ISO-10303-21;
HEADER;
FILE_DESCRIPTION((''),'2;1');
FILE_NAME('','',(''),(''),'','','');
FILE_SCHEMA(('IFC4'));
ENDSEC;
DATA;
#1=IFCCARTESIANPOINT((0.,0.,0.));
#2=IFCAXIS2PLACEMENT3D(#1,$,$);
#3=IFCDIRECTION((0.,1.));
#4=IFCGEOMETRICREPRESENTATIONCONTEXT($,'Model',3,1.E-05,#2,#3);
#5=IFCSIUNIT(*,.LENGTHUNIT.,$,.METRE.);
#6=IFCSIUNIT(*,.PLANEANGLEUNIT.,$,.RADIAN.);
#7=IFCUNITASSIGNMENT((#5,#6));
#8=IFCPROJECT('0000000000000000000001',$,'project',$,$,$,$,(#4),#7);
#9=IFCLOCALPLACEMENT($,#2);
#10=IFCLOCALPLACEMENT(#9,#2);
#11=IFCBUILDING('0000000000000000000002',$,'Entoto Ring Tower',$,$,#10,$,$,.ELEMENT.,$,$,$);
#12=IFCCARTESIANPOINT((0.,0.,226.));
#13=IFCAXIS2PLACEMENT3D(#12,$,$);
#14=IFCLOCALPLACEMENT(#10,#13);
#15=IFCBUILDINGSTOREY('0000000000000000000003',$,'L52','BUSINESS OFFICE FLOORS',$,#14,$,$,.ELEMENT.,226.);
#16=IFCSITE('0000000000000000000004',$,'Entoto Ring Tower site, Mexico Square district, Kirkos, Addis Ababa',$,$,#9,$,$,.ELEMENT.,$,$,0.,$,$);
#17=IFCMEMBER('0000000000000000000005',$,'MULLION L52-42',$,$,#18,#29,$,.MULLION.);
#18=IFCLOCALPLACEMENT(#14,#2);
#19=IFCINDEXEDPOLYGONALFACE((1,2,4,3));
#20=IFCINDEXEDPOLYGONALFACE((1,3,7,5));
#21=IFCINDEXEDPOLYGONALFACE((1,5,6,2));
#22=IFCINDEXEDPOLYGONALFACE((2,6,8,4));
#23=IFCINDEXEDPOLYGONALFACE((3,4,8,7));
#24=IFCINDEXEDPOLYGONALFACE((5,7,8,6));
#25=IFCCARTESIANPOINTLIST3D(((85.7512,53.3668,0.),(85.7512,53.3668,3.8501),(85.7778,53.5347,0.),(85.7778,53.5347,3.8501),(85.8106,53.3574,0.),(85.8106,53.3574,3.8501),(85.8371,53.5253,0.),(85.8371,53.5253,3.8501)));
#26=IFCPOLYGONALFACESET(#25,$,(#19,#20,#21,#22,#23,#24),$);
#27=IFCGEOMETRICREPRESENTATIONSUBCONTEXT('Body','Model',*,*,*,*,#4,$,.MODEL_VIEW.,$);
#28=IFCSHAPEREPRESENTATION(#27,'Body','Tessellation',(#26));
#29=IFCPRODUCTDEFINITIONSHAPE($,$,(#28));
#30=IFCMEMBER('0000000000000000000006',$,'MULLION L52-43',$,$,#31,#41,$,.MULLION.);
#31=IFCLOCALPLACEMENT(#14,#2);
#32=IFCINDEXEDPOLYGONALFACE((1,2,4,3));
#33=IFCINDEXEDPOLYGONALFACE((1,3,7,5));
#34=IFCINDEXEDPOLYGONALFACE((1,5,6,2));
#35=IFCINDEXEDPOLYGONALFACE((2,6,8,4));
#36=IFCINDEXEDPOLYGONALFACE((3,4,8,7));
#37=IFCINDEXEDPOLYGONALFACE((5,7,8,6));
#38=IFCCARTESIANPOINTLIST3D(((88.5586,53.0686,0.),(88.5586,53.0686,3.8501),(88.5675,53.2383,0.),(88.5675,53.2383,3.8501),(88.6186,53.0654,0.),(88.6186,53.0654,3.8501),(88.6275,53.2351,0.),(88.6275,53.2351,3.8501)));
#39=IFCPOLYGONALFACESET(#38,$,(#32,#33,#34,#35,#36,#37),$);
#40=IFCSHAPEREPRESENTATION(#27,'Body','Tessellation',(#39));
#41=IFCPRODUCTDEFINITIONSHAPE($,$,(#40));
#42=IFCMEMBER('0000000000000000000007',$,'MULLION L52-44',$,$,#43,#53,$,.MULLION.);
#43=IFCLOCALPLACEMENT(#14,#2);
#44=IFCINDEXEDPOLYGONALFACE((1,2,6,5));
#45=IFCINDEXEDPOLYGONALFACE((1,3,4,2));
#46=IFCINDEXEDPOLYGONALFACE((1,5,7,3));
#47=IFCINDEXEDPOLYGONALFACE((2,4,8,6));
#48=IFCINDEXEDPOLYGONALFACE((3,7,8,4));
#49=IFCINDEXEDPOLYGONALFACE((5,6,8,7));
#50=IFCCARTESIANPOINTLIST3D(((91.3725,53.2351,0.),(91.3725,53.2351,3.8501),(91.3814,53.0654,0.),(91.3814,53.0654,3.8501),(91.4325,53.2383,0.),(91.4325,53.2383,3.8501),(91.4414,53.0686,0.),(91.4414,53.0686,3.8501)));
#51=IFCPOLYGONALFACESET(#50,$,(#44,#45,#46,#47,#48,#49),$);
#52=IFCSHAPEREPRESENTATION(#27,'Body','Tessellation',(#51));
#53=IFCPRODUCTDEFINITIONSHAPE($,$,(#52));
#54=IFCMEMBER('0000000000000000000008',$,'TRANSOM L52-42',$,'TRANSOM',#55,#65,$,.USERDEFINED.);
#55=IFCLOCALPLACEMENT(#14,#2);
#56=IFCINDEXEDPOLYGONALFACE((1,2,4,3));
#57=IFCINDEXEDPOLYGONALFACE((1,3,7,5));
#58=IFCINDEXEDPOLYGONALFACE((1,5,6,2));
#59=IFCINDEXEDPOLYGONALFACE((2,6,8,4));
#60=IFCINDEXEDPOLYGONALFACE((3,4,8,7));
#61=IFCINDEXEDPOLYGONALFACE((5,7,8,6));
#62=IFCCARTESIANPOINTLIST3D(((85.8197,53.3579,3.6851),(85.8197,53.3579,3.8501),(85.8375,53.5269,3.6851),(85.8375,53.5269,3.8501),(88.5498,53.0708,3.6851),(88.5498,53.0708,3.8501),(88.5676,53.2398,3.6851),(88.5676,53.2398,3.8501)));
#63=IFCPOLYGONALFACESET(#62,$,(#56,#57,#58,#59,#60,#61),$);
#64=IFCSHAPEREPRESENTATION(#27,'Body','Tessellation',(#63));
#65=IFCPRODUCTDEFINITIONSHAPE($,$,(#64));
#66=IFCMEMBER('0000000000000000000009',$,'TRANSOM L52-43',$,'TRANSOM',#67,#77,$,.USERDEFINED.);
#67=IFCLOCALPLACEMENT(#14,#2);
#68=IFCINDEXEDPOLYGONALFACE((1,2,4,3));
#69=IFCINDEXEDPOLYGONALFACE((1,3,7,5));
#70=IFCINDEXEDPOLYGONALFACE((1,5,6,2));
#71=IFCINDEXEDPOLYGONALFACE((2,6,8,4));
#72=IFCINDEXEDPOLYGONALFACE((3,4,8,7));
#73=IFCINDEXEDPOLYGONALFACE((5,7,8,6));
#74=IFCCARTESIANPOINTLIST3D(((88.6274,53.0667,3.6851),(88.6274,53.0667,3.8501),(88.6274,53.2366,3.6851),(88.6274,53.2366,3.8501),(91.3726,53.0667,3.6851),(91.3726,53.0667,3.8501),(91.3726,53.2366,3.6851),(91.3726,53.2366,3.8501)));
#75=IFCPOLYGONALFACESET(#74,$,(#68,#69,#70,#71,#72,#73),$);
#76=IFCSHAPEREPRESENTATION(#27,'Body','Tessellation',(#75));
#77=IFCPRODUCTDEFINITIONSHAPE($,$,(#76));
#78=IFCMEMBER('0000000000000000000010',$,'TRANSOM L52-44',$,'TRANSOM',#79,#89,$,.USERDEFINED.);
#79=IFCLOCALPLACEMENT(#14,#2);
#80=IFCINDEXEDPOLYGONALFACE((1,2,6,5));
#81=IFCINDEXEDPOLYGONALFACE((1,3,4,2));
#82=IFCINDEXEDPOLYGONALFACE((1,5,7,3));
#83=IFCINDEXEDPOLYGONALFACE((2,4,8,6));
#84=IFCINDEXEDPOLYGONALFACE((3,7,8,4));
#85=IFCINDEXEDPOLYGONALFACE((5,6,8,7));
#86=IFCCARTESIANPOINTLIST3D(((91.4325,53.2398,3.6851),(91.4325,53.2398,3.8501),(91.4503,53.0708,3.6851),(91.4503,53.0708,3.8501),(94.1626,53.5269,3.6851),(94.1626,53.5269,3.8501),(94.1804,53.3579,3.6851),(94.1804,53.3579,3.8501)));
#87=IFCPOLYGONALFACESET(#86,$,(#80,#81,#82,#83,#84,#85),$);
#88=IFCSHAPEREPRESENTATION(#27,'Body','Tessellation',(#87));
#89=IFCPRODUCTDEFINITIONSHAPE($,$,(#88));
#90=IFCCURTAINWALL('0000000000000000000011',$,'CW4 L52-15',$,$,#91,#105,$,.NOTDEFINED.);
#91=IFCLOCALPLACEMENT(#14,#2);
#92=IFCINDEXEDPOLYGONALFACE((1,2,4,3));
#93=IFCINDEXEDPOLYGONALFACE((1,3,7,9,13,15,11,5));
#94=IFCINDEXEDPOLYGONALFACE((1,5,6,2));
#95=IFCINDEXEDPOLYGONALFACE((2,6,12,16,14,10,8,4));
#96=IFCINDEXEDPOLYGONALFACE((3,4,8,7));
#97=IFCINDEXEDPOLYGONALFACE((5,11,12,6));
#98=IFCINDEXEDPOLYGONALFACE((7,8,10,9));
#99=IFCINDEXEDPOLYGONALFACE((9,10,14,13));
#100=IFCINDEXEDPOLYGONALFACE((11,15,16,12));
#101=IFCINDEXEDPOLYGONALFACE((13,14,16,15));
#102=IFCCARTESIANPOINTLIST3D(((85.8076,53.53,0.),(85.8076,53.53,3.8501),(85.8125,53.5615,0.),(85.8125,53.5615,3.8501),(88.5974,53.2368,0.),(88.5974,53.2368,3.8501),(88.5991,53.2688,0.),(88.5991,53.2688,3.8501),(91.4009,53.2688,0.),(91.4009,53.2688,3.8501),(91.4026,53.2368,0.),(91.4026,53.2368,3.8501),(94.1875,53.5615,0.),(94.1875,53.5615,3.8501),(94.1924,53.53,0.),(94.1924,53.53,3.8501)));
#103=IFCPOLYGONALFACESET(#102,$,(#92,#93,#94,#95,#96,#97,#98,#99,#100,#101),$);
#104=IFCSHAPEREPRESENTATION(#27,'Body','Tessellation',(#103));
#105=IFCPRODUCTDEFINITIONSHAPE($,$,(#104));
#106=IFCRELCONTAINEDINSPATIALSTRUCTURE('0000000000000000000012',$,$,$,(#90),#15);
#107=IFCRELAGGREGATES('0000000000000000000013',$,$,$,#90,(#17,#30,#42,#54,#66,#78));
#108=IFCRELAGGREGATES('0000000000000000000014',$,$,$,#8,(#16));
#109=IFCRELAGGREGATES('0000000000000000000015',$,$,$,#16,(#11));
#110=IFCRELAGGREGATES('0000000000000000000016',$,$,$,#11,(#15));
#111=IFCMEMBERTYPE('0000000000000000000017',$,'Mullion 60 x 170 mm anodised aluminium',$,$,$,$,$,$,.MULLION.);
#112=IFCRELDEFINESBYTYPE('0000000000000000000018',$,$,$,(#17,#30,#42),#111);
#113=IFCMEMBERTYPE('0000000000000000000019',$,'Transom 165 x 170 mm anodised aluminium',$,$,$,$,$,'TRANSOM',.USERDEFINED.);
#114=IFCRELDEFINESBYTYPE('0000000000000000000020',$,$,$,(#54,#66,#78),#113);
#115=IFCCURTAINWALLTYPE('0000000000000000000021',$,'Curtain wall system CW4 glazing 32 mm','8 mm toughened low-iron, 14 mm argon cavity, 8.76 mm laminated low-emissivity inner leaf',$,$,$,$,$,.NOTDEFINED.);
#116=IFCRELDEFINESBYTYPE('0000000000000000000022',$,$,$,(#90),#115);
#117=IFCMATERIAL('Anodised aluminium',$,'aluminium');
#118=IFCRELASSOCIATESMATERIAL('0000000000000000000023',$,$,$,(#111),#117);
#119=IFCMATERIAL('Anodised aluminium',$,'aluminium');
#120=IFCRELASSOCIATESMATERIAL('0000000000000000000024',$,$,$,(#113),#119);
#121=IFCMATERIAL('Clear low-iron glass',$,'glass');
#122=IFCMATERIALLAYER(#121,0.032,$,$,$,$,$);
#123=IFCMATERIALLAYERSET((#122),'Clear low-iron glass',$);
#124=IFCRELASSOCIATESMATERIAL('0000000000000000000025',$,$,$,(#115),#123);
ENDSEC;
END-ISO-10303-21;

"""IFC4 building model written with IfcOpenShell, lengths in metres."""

from ifc_helpers import new_model, si_unit, direction, frame, origin, origin_2d, place, context, subcontext, project, spatial, polyline, rectangle, outline, extrude, material, layer, layer_set, material_profile, profile_set, type_object, element, aggregate, save


model = new_model("IFC4")

# Units and contexts
model_context = context("Model", 3, precision=1e-05, world=origin(), true_north=direction((0.0, 1.0)))
body_context = subcontext(model_context, "Body", "Model", "MODEL_VIEW")
ifc_project = project(units=[si_unit("LENGTHUNIT", "METRE"), si_unit("PLANEANGLEUNIT", "RADIAN")], contexts=[model_context])

# Members
ifc_material_1 = material(Name="Anodised aluminium", Category="aluminium")
ifc_material_profile_1 = material_profile(ifc_material_1, rectangle(XDim=0.0601, YDim=0.1699, at=origin_2d()), Name="Mullion 60 x 170 mm anodised aluminium")
ifc_profile_set_1 = profile_set([ifc_material_profile_1], Name="Anodised aluminium")
member_type_1 = type_object("IfcMemberType", Name="Mullion 60 x 170 mm anodised aluminium", PredefinedType="MULLION", material=ifc_profile_set_1)
site_placement = place(None, origin())
building_placement = place(site_placement, origin())
storey_placement = place(building_placement, frame((0.0, 0.0, 226.0)))
member_1_placement = place(storey_placement, frame((85.7942, 53.446, 0.0), z_axis=(0.0, 0.0, 1.0), x_axis=(0.987688, -0.156434, 0.0)))
member_1 = element("IfcMember", 1, at=member_1_placement, type_object=member_type_1, Name="MULLION L52-42", PredefinedType="MULLION", context=body_context, shape_type="SweptSolid", body=[
    extrude(rectangle(XDim=0.0601, YDim=0.1699, at=origin_2d()), origin(), (0.0, 0.0, 1.0), 3.8501),
])
member_2_placement = place(storey_placement, frame((88.593, 53.1519, 0.0), z_axis=(0.0, 0.0, 1.0), x_axis=(0.99863, -0.052336, 0.0)))
member_2 = element("IfcMember", 2, at=member_2_placement, type_object=member_type_1, Name="MULLION L52-43", PredefinedType="MULLION", context=body_context, shape_type="SweptSolid", body=[
    extrude(rectangle(XDim=0.0601, YDim=0.1699, at=origin_2d()), origin(), (0.0, 0.0, 1.0), 3.8501),
])
member_3_placement = place(storey_placement, frame((91.407, 53.1519, 0.0), z_axis=(0.0, 0.0, 1.0), x_axis=(0.99863, 0.052336, 0.0)))
member_3 = element("IfcMember", 3, at=member_3_placement, type_object=member_type_1, Name="MULLION L52-44", PredefinedType="MULLION", context=body_context, shape_type="SweptSolid", body=[
    extrude(rectangle(XDim=0.0601, YDim=0.1699, at=origin_2d()), origin(), (0.0, 0.0, 1.0), 3.8501),
])
ifc_material_2 = material(Name="Anodised aluminium", Category="aluminium")
ifc_material_profile_2 = material_profile(ifc_material_2, rectangle(XDim=0.1699, YDim=0.165, at=origin_2d()), Name="Transom 165 x 170 mm anodised aluminium")
ifc_profile_set_2 = profile_set([ifc_material_profile_2], Name="Anodised aluminium")
member_type_2 = type_object("IfcMemberType", Name="Transom 165 x 170 mm anodised aluminium", ElementType="TRANSOM", PredefinedType="USERDEFINED", material=ifc_profile_set_2)
member_4_placement = place(storey_placement, frame((85.8286, 53.4424, 3.7676), z_axis=(0.994515, -0.104592, 0.0), x_axis=(0.104592, 0.994515, 0.0)))
member_4 = element("IfcMember", 4, at=member_4_placement, type_object=member_type_2, Name="TRANSOM L52-42", ObjectType="TRANSOM", PredefinedType="USERDEFINED", context=body_context, shape_type="SweptSolid", body=[
    extrude(rectangle(XDim=0.1699, YDim=0.165, at=origin_2d()), origin(), (0.0, 0.0, 1.0), 2.7451),
])
member_5_placement = place(storey_placement, frame((88.6274, 53.1516, 3.7676), z_axis=(1.0, 0.0, 0.0), x_axis=(0.0, 1.0, 0.0)))
member_5 = element("IfcMember", 5, at=member_5_placement, type_object=member_type_2, Name="TRANSOM L52-43", ObjectType="TRANSOM", PredefinedType="USERDEFINED", context=body_context, shape_type="SweptSolid", body=[
    extrude(rectangle(XDim=0.1699, YDim=0.165, at=origin_2d()), origin(), (0.0, 0.0, 1.0), 2.7451),
])
member_6_placement = place(storey_placement, frame((91.4414, 53.1553, 3.7676), z_axis=(0.994515, 0.104592, 0.0), x_axis=(-0.104592, 0.994515, 0.0)))
member_6 = element("IfcMember", 6, at=member_6_placement, type_object=member_type_2, Name="TRANSOM L52-44", ObjectType="TRANSOM", PredefinedType="USERDEFINED", context=body_context, shape_type="SweptSolid", body=[
    extrude(rectangle(XDim=0.1699, YDim=0.165, at=origin_2d()), origin(), (0.0, 0.0, 1.0), 2.7451),
])

# Site, building, storey
site = spatial("IfcSite", under=ifc_project, at=site_placement, Name="Entoto Ring Tower site, Mexico Square district, Kirkos, Addis Ababa", CompositionType="ELEMENT", RefElevation=0.0)
building = spatial("IfcBuilding", under=site, at=building_placement, Name="Entoto Ring Tower", CompositionType="ELEMENT")
storey = spatial("IfcBuildingStorey", under=building, at=storey_placement, Name="L52", Description="BUSINESS OFFICE FLOORS", CompositionType="ELEMENT", Elevation=226.0)

# Curtain wall
ifc_material_3 = material(Name="Clear low-iron glass", Category="glass")
ifc_layer = layer(ifc_material_3, 0.032)
ifc_layer_set = layer_set([ifc_layer], Name="Clear low-iron glass")
curtain_wall_type = type_object("IfcCurtainWallType", Name="Curtain wall system CW4 glazing 32 mm", Description="8 mm toughened low-iron, 14 mm argon cavity, 8.76 mm laminated low-emissivity inner leaf", PredefinedType="NOTDEFINED", material=ifc_layer_set)
curtain_wall_1_placement = place(storey_placement, origin())
curtain_wall_1 = element("IfcCurtainWall", 7, at=curtain_wall_1_placement, inside=storey, type_object=curtain_wall_type, Name="CW4 L52-15", PredefinedType="NOTDEFINED", context=body_context, shape_type="SweptSolid", body=[
    extrude(outline(polyline([(85.8076, 53.53), (88.5974, 53.2368), (91.4026, 53.2368), (94.1924, 53.53), (94.1875, 53.5615), (91.4009, 53.2688), (88.5991, 53.2688), (85.8125, 53.5615), (85.8076, 53.53)])), origin(), (0.0, 0.0, 1.0), 3.8501),
])
aggregate(curtain_wall_1, [member_1, member_2, member_3, member_4, member_5, member_6])

save(model, "model.ifc")
